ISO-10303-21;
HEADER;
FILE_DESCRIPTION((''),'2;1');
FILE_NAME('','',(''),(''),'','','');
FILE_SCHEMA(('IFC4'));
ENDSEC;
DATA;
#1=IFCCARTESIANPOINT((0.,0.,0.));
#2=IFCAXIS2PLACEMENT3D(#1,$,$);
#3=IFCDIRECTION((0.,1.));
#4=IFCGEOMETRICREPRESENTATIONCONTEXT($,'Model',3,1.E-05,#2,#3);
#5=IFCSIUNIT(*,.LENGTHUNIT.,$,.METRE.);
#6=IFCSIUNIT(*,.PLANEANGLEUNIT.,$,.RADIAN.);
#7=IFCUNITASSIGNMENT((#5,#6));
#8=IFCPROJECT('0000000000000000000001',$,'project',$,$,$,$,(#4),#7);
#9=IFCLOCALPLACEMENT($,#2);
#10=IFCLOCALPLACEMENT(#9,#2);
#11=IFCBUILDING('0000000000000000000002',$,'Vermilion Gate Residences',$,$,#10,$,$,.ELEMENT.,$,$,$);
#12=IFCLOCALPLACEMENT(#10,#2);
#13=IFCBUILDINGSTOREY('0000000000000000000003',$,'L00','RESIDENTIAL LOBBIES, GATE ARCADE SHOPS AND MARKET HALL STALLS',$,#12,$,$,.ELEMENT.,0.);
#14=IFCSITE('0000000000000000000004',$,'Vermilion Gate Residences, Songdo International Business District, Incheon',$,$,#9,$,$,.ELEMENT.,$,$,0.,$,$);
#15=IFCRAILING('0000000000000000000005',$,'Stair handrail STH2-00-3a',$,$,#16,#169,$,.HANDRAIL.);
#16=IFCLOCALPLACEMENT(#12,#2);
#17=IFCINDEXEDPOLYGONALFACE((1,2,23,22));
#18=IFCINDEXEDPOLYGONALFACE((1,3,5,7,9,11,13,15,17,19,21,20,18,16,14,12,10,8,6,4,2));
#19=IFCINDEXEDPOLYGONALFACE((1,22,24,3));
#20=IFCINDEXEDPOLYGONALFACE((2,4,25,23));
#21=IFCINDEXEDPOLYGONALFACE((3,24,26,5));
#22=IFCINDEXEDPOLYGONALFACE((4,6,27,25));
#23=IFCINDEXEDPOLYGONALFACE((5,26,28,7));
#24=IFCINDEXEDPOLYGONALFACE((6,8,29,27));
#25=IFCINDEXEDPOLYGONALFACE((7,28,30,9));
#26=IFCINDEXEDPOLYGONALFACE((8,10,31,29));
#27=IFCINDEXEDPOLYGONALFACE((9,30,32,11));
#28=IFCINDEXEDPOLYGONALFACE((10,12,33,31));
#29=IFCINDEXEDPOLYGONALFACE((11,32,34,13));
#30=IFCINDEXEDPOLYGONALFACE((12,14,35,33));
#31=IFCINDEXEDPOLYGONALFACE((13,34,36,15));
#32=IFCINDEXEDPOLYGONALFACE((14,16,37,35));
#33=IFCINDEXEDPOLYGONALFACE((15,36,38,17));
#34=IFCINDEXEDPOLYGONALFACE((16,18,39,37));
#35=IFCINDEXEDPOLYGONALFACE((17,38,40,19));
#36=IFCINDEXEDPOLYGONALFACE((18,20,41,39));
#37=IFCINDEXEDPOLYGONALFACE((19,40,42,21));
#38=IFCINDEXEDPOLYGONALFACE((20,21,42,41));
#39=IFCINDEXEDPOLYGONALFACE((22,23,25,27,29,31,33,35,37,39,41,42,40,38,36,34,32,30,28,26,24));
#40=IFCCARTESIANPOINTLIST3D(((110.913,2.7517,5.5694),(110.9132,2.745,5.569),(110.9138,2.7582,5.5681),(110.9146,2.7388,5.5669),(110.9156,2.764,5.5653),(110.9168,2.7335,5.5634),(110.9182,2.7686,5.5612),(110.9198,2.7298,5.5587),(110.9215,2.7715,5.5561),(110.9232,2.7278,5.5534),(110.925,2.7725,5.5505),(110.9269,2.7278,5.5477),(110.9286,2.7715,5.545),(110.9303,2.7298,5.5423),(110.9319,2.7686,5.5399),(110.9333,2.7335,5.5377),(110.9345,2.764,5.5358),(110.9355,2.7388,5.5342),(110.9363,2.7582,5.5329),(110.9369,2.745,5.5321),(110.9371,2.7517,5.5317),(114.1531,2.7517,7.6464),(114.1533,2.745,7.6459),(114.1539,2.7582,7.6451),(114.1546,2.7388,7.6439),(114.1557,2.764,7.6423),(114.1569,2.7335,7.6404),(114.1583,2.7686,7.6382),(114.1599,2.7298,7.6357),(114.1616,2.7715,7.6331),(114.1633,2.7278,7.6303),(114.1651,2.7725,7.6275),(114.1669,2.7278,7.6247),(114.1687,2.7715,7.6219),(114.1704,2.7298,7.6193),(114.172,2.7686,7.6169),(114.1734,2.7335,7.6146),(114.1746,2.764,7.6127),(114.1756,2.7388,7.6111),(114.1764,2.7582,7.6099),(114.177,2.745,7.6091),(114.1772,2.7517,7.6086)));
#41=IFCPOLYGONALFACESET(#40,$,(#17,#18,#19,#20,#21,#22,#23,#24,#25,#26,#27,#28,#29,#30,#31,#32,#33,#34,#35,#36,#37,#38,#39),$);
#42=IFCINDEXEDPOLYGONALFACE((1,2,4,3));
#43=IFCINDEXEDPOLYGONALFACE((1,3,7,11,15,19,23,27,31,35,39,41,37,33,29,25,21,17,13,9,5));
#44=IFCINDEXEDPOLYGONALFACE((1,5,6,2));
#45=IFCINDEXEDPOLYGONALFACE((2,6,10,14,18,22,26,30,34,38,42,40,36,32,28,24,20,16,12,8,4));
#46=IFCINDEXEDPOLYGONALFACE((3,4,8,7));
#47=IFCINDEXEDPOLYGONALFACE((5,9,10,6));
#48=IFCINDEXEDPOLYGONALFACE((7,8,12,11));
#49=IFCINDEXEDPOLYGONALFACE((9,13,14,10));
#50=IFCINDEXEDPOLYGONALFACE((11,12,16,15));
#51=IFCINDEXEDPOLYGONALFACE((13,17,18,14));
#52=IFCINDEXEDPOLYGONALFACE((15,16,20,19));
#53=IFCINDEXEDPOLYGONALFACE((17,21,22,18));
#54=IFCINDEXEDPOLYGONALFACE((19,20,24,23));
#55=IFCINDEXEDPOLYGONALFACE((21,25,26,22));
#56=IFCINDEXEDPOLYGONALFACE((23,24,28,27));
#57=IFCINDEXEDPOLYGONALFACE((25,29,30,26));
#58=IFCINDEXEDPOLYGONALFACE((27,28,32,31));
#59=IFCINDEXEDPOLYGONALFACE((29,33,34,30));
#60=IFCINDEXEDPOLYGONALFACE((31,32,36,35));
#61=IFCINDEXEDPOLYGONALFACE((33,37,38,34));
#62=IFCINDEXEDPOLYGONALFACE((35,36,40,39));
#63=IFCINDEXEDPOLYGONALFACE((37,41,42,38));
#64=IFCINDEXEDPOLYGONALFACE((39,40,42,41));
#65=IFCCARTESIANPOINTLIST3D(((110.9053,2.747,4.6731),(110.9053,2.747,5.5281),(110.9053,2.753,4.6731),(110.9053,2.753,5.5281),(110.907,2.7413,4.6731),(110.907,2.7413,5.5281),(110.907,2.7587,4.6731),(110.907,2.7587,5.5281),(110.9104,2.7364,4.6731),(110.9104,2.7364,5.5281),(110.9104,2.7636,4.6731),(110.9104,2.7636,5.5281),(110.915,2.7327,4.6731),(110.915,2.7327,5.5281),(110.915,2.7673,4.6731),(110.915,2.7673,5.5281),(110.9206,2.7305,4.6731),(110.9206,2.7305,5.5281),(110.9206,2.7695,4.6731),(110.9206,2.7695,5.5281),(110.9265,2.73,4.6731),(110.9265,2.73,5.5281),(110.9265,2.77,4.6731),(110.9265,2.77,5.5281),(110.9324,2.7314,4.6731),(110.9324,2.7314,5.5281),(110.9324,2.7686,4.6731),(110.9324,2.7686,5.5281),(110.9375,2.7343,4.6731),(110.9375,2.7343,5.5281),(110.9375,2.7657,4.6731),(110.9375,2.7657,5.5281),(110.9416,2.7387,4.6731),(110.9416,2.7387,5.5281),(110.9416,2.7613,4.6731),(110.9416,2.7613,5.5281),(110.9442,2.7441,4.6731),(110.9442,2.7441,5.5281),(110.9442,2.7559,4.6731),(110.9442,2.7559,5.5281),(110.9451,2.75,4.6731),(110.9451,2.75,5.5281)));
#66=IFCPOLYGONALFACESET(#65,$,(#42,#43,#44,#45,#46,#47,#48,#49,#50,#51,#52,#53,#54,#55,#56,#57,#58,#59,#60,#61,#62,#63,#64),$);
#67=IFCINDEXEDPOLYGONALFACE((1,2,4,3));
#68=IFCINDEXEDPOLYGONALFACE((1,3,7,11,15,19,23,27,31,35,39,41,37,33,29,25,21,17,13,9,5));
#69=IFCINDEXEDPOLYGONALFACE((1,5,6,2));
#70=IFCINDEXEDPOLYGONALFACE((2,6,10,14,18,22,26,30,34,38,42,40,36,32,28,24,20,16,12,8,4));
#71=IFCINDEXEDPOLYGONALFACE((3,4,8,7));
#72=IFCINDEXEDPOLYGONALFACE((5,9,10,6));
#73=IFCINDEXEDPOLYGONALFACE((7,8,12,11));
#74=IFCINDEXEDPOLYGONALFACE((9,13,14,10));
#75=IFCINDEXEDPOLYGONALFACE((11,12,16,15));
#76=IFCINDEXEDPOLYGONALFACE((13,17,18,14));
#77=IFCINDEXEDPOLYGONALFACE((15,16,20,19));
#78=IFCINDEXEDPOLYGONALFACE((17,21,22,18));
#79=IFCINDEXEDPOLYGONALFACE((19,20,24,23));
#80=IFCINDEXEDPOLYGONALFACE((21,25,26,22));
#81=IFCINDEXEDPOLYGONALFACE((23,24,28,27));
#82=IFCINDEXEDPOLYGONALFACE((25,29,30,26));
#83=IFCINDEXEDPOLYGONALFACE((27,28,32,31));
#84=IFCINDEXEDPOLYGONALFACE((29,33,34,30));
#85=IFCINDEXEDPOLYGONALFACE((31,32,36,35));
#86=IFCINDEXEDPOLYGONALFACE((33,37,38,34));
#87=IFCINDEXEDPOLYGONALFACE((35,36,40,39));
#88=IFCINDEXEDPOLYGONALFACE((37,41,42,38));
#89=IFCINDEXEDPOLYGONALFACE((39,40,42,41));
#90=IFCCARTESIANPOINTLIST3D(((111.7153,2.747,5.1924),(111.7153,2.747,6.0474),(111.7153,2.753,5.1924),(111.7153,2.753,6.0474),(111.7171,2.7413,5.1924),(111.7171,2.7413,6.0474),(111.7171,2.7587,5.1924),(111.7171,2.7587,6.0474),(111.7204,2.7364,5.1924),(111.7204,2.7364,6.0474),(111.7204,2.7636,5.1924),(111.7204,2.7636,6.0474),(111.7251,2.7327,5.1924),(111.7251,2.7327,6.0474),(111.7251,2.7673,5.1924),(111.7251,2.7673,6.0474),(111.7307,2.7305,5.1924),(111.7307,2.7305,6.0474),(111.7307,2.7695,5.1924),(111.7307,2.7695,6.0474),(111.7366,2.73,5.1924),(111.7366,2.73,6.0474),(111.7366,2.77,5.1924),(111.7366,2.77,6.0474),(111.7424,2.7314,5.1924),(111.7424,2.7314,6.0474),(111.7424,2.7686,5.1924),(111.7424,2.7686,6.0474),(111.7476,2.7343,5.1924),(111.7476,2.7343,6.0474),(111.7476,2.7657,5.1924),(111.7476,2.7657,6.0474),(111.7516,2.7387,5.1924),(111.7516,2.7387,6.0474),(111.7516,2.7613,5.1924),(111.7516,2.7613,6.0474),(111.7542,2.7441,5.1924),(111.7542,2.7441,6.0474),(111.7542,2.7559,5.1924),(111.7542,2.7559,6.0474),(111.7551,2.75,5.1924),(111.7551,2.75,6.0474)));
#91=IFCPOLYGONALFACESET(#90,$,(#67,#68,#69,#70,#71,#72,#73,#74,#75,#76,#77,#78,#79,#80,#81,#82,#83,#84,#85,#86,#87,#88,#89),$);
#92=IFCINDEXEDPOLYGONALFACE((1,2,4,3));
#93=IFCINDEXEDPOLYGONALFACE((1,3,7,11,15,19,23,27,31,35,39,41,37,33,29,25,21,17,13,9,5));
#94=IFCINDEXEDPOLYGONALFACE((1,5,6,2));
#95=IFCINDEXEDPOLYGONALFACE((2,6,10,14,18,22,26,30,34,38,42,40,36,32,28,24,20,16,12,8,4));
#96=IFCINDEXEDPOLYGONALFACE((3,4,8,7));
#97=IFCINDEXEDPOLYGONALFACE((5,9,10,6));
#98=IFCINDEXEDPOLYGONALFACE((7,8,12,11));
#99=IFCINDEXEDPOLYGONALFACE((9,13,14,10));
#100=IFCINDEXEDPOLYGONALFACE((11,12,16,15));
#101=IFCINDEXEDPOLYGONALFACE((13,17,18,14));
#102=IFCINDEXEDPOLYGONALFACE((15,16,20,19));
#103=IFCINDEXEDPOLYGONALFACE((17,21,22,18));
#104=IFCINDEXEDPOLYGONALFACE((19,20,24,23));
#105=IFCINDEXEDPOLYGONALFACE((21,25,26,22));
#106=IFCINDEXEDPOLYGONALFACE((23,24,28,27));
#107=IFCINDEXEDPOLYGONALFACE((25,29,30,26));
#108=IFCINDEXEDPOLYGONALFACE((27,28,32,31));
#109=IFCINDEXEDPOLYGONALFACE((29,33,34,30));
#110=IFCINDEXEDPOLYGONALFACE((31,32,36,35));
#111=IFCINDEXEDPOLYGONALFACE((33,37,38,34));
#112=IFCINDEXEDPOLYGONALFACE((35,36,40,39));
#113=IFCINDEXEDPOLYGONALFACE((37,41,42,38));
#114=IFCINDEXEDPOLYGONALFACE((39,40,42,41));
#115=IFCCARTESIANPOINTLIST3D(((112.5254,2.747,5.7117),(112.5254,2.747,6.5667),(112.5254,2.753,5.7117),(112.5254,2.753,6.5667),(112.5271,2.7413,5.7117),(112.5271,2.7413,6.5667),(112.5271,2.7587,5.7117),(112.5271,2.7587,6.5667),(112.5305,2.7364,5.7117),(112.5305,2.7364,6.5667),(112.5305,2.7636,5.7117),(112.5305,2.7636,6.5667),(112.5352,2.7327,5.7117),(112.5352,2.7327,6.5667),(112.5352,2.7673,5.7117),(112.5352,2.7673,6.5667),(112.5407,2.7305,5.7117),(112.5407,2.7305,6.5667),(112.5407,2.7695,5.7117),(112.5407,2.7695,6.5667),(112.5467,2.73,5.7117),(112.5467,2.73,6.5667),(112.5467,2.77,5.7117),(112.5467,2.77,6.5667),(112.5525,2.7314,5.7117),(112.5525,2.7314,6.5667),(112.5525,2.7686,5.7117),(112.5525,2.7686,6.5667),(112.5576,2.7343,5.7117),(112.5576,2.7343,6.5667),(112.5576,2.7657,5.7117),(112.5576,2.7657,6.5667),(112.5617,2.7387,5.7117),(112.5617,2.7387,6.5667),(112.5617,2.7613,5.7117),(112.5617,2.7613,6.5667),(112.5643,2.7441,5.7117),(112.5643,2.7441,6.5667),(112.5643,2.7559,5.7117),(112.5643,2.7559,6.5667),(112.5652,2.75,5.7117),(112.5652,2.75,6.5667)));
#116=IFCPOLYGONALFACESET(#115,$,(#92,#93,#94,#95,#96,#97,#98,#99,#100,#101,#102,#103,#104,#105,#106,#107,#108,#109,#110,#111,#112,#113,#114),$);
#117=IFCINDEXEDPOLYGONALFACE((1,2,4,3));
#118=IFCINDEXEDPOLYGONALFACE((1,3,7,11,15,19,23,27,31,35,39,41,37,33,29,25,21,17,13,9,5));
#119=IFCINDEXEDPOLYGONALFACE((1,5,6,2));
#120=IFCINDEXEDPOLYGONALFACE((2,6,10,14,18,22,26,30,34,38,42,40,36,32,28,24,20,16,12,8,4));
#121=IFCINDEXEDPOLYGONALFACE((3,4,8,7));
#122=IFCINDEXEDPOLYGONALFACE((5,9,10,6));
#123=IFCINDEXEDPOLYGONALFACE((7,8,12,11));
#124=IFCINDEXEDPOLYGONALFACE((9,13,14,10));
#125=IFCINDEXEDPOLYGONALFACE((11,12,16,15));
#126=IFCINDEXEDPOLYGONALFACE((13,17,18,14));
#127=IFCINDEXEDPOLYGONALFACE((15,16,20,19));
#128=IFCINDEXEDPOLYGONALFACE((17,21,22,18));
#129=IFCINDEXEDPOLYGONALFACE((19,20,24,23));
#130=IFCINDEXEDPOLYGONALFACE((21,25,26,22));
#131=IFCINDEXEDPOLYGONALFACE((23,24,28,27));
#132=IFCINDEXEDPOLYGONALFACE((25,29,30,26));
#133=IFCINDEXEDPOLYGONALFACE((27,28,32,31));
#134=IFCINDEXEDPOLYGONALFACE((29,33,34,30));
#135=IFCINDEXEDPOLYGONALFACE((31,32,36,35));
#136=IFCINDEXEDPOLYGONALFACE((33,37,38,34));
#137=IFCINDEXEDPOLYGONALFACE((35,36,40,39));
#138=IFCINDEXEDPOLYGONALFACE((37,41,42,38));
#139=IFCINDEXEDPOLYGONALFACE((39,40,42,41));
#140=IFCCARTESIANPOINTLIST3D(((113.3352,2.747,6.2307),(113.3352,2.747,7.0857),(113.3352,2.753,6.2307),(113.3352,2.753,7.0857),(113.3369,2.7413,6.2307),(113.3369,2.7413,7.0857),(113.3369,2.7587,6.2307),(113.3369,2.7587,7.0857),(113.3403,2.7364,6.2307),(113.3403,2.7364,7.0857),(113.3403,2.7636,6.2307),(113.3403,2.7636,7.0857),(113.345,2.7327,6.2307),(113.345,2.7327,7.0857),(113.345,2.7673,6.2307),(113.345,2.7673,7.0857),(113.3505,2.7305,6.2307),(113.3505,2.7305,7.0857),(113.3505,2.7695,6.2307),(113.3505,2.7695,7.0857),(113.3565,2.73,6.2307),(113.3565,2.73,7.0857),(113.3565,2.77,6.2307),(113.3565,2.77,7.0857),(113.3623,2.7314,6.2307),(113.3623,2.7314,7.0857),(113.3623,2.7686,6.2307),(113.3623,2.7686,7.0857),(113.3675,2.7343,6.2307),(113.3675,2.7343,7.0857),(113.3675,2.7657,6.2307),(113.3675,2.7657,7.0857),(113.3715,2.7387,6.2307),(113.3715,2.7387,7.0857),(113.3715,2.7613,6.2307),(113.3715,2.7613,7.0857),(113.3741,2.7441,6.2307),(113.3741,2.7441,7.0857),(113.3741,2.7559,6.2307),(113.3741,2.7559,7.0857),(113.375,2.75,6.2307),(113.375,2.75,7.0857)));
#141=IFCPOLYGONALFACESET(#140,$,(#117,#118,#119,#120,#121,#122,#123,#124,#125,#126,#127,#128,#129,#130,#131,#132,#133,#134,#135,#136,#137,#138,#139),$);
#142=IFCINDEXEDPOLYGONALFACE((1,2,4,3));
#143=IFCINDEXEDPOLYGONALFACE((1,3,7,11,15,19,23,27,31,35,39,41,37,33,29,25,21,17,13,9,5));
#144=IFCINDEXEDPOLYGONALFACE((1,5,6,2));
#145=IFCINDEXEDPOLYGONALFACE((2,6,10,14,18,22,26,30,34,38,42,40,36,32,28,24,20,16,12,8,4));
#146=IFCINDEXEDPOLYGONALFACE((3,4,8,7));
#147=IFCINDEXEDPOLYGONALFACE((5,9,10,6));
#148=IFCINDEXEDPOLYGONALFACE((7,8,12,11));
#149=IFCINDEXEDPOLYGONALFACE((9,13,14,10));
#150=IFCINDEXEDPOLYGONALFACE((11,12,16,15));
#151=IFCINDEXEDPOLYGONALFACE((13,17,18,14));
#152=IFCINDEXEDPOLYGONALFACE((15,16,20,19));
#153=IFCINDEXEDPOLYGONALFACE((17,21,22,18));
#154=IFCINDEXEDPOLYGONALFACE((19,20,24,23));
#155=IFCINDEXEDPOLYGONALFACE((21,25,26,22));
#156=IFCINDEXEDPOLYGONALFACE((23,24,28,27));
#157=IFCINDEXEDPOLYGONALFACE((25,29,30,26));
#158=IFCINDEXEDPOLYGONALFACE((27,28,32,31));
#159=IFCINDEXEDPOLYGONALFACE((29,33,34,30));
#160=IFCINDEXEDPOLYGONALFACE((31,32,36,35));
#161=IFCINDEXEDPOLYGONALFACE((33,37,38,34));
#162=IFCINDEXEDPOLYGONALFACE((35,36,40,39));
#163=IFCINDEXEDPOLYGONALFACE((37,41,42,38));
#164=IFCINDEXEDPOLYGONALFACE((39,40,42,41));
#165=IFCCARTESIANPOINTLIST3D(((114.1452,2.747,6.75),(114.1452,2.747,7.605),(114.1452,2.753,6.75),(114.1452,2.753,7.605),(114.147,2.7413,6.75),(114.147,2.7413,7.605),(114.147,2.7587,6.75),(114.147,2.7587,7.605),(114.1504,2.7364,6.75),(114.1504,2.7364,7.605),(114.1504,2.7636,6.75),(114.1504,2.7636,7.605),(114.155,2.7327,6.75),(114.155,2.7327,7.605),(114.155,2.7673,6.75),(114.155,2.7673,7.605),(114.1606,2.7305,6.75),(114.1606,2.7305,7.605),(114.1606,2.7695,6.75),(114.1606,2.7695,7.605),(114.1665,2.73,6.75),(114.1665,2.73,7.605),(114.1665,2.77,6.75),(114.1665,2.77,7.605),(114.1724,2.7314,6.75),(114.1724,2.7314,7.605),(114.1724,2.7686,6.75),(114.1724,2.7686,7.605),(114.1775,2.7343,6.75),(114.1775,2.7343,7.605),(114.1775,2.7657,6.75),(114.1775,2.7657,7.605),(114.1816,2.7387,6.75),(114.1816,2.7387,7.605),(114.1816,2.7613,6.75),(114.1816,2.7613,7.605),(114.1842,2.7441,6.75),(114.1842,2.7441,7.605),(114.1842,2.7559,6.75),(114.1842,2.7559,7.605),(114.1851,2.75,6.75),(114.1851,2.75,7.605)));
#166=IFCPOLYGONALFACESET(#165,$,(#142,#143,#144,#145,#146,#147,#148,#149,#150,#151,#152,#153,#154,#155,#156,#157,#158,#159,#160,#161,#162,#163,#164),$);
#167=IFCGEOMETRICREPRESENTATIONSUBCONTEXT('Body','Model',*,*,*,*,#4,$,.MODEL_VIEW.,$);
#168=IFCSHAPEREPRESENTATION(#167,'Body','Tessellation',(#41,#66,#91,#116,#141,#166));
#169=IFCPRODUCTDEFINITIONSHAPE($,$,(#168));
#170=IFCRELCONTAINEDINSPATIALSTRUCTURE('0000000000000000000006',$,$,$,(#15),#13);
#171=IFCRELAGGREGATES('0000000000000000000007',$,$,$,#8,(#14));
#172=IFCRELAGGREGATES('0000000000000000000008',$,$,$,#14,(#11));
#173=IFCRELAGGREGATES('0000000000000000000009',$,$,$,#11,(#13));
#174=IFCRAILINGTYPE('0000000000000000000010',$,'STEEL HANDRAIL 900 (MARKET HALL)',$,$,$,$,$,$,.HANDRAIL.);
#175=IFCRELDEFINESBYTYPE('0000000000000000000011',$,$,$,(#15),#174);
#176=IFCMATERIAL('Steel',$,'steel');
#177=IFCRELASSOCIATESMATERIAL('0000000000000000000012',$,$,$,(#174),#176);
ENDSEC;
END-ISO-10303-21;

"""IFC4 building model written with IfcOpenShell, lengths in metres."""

from ifc_helpers import new_model, si_unit, direction, frame, origin, origin_2d, place, context, subcontext, project, spatial, circle, extrude, material, type_object, element, save


model = new_model("IFC4")

# Units and contexts
model_context = context("Model", 3, precision=1e-05, world=origin(), true_north=direction((0.0, 1.0)))
body_context = subcontext(model_context, "Body", "Model", "MODEL_VIEW")
ifc_project = project(units=[si_unit("LENGTHUNIT", "METRE"), si_unit("PLANEANGLEUNIT", "RADIAN")], contexts=[model_context])

# Site, building, storey
site_placement = place(None, origin())
site = spatial("IfcSite", under=ifc_project, at=site_placement, Name="Vermilion Gate Residences, Songdo International Business District, Incheon", CompositionType="ELEMENT", RefElevation=0.0)
building_placement = place(site_placement, origin())
building = spatial("IfcBuilding", under=site, at=building_placement, Name="Vermilion Gate Residences", CompositionType="ELEMENT")
storey_placement = place(building_placement, origin())
storey = spatial("IfcBuildingStorey", under=building, at=storey_placement, Name="L00", Description="RESIDENTIAL LOBBIES, GATE ARCADE SHOPS AND MARKET HALL STALLS", CompositionType="ELEMENT", Elevation=0.0)

# Railing
ifc_material_1 = material(Name="Steel", Category="steel")
railing_type = type_object("IfcRailingType", Name="STEEL HANDRAIL 900 (MARKET HALL)", PredefinedType="HANDRAIL", material=ifc_material_1)
railing_1_placement = place(storey_placement, frame((110.925, 2.75, 4.6731)))
element("IfcRailing", 1, at=railing_1_placement, inside=storey, type_object=railing_type, Name="Stair handrail STH2-00-3a", PredefinedType="HANDRAIL", context=body_context, shape_type="SweptSolid", body=[
    extrude(circle(Radius=0.0225, at=origin_2d()), frame((0.0, 0.0, 0.8774), z_axis=(0.841881, 0.0, 0.539664), x_axis=(0.0, 1.0, 0.0)), (0.0, 0.0, 1.0), 3.8486),
    extrude(circle(Radius=0.02, at=origin_2d()), origin(), (0.0, 0.0, 1.0), 0.855),
    extrude(circle(Radius=0.02, at=origin_2d()), frame((0.8101, 0.0, 0.5193)), (0.0, 0.0, 1.0), 0.855),
    extrude(circle(Radius=0.02, at=origin_2d()), frame((1.6201, 0.0, 1.0386)), (0.0, 0.0, 1.0), 0.855),
    extrude(circle(Radius=0.02, at=origin_2d()), frame((2.4299, 0.0, 1.5576)), (0.0, 0.0, 1.0), 0.855),
    extrude(circle(Radius=0.02, at=origin_2d()), frame((3.24, 0.0, 2.0769)), (0.0, 0.0, 1.0), 0.855),
])

save(model, "model.ifc")
